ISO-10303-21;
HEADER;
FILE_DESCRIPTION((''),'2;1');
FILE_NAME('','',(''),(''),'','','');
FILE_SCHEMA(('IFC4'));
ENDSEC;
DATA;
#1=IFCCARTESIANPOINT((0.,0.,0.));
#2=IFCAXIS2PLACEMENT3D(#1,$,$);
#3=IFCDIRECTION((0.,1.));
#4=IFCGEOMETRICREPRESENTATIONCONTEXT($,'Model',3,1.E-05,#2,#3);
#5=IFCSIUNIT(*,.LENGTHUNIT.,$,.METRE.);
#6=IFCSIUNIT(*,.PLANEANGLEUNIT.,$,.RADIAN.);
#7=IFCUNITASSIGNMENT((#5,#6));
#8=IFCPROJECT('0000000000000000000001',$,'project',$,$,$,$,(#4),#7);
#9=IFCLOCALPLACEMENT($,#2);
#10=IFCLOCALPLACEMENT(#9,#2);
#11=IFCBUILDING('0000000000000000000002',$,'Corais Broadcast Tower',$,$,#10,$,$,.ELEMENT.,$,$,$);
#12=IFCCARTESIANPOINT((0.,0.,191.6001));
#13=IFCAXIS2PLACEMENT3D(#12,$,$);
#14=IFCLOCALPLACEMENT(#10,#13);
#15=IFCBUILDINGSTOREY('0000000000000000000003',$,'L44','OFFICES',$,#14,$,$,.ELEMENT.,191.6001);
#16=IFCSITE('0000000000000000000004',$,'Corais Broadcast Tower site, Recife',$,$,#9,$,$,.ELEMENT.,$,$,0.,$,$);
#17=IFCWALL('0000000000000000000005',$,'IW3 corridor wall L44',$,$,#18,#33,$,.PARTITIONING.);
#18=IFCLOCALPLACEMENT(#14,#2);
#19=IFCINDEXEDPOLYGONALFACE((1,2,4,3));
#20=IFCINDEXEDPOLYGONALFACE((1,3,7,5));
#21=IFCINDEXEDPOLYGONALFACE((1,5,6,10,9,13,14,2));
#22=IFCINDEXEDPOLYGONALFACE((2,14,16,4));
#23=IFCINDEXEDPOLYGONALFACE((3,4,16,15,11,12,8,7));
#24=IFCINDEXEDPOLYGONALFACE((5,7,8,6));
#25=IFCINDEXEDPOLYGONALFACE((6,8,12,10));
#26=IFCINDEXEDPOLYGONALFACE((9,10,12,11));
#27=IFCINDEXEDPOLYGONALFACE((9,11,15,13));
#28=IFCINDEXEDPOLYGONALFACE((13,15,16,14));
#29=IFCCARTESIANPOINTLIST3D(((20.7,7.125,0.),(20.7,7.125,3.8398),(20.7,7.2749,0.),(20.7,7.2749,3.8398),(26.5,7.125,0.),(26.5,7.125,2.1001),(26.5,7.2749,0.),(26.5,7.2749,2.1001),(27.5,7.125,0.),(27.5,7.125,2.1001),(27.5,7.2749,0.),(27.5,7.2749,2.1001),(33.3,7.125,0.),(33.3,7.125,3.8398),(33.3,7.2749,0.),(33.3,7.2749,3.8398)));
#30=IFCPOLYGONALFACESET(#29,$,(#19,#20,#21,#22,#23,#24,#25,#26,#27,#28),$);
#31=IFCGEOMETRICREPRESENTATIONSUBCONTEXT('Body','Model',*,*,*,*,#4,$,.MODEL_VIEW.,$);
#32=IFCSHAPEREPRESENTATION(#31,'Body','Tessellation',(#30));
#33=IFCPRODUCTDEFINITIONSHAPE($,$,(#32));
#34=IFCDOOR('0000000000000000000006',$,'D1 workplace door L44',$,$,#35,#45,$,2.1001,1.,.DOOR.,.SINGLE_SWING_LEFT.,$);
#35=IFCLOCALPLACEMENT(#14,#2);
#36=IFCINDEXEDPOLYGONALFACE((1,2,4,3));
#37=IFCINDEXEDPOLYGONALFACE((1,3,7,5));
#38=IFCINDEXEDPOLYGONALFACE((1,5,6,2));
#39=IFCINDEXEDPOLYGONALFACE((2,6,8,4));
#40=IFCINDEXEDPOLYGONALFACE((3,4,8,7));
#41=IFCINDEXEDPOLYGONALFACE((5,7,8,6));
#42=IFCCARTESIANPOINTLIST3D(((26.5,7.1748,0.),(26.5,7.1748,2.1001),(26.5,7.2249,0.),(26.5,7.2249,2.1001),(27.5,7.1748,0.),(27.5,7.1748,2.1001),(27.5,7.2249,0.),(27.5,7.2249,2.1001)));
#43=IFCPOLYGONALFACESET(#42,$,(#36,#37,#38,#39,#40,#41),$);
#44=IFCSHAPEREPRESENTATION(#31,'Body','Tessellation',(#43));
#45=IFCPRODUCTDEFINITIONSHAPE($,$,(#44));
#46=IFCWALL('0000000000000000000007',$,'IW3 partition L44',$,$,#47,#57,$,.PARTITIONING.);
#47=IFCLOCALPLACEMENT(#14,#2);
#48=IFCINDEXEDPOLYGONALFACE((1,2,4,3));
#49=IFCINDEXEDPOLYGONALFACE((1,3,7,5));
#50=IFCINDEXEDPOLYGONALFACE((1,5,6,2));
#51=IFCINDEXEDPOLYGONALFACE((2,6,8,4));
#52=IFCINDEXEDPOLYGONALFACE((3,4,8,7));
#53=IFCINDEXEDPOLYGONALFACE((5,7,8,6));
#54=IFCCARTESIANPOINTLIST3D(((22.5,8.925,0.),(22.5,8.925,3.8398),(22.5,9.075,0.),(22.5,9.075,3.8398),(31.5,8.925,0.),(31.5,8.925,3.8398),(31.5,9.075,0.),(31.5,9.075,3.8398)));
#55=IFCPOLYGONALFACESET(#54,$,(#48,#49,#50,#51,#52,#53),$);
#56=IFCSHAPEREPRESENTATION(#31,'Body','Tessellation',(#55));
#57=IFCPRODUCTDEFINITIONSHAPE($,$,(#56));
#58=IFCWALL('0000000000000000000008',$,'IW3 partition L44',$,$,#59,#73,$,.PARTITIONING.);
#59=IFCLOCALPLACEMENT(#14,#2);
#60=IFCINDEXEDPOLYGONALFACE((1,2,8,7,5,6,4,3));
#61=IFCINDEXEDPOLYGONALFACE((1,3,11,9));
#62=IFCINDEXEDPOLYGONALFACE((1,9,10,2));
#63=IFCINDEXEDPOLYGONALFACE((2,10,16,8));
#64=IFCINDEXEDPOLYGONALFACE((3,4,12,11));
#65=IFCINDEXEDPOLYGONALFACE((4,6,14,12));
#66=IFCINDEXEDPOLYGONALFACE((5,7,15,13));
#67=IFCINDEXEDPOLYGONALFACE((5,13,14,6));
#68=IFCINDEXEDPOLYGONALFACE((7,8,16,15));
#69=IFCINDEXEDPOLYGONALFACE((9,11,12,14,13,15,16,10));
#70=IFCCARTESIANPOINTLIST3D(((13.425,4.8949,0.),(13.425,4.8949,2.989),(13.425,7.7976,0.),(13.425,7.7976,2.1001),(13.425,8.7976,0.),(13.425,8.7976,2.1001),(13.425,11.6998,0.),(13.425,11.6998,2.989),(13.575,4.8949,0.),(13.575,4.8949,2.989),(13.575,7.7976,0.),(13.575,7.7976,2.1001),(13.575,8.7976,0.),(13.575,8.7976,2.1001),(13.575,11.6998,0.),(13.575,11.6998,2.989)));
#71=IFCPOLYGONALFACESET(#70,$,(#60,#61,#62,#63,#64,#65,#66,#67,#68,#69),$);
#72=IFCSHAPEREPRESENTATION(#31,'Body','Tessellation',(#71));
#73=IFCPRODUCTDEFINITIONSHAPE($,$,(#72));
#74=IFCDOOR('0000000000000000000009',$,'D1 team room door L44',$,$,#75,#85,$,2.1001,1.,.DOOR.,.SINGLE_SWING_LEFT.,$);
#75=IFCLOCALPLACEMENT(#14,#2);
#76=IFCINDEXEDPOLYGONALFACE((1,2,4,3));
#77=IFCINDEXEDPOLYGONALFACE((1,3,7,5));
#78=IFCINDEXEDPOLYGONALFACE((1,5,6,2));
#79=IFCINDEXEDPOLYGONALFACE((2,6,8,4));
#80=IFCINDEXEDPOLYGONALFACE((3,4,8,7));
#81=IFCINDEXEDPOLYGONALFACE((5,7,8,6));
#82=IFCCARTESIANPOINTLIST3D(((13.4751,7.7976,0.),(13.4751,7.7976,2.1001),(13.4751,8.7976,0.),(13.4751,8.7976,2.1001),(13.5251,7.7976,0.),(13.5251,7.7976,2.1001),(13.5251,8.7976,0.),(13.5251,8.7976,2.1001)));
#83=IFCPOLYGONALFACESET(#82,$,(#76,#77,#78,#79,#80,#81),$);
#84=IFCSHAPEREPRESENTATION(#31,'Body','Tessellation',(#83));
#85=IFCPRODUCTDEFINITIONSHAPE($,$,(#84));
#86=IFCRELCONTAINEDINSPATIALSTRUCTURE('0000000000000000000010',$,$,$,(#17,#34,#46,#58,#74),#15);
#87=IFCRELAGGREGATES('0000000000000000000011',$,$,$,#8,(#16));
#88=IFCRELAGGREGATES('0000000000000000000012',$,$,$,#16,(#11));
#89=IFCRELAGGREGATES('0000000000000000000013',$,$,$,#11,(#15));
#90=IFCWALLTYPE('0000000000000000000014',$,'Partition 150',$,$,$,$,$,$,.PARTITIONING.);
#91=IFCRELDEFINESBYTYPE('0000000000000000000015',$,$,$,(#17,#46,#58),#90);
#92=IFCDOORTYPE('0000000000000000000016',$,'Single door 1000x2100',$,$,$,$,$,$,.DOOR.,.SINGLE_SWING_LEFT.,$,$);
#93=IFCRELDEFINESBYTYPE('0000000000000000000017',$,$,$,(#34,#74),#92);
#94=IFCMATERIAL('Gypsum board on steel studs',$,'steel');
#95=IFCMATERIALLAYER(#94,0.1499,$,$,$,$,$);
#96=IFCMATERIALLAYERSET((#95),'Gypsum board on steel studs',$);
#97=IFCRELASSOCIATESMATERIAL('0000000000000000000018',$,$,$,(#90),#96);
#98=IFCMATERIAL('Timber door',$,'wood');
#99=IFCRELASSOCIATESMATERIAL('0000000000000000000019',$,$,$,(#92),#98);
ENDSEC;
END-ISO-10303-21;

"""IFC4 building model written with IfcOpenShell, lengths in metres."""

from ifc_helpers import new_model, si_unit, direction, frame, frame_2d, origin, place, context, subcontext, project, spatial, rectangle, extrude, material, layer, layer_set, type_object, element, fill, save


model = new_model("IFC4")

# Units and contexts
model_context = context("Model", 3, precision=1e-05, world=origin(), true_north=direction((0.0, 1.0)))
body_context = subcontext(model_context, "Body", "Model", "MODEL_VIEW")
ifc_project = project(units=[si_unit("LENGTHUNIT", "METRE"), si_unit("PLANEANGLEUNIT", "RADIAN")], contexts=[model_context])

# Site, building, storey
site_placement = place(None, origin())
site = spatial("IfcSite", under=ifc_project, at=site_placement, Name="Corais Broadcast Tower site, Recife", CompositionType="ELEMENT", RefElevation=0.0)
building_placement = place(site_placement, origin())
building = spatial("IfcBuilding", under=site, at=building_placement, Name="Corais Broadcast Tower", CompositionType="ELEMENT")
storey_placement = place(building_placement, frame((0.0, 0.0, 191.6001)))
storey = spatial("IfcBuildingStorey", under=building, at=storey_placement, Name="L44", Description="OFFICES", CompositionType="ELEMENT", Elevation=191.6001)

# Wall, opening, door
ifc_material_1 = material(Name="Gypsum board on steel studs", Category="steel")
ifc_layer_1 = layer(ifc_material_1, 0.1499)
ifc_layer_set_1 = layer_set([ifc_layer_1], Name="Gypsum board on steel studs")
wall_type = type_object("IfcWallType", Name="Partition 150", PredefinedType="PARTITIONING", material=ifc_layer_set_1)
wall_1_placement = place(storey_placement, frame((20.7, 7.2, 0.0), z_axis=(0.0, 0.0, 1.0), x_axis=(1.0, 0.0, 0.0)))
wall_1 = element("IfcWall", 1, at=wall_1_placement, inside=storey, type_object=wall_type, Name="IW3 corridor wall L44", PredefinedType="PARTITIONING", context=body_context, shape_type="SweptSolid", body=[
    extrude(rectangle(XDim=12.6001, YDim=0.1499, at=frame_2d((6.3, 0.0))), origin(), (0.0, 0.0, 1.0), 3.8398),
])
opening_1_placement = place(wall_1_placement, frame((5.8, 0.0, 0.0)))
opening_1 = element("IfcOpeningElement", 2, at=opening_1_placement, cuts=wall_1, PredefinedType="OPENING", context=body_context, shape_type="SweptSolid", body=[
    extrude(rectangle(XDim=1.0, YDim=2.1001, at=frame_2d((0.5, 1.05))), frame((0.0, 0.085, 0.0), z_axis=(0.0, -1.0, 0.0), x_axis=(1.0, 0.0, 0.0)), (0.0, 0.0, 1.0), 0.1699),
])
ifc_material_2 = material(Name="Timber door", Category="wood")
door_type = type_object("IfcDoorType", Name="Single door 1000x2100", OperationType="SINGLE_SWING_LEFT", PredefinedType="DOOR", material=ifc_material_2)
door_1_placement = place(opening_1_placement, origin())
door_1 = element("IfcDoor", 3, at=door_1_placement, inside=storey, type_object=door_type, Name="D1 workplace door L44", OperationType="SINGLE_SWING_LEFT", OverallHeight=2.1001, OverallWidth=1.0, PredefinedType="DOOR", context=body_context, shape_type="SweptSolid", body=[
    extrude(rectangle(XDim=1.0, YDim=2.1001, at=frame_2d((0.5, 1.05))), frame((0.0, 0.0249, 0.0), z_axis=(0.0, -1.0, 0.0), x_axis=(1.0, 0.0, 0.0)), (0.0, 0.0, 1.0), 0.05),
])
fill(opening_1, door_1)

# Wall
wall_2_placement = place(storey_placement, frame((22.5, 9.0, 0.0), z_axis=(0.0, 0.0, 1.0), x_axis=(1.0, 0.0, 0.0)))
element("IfcWall", 4, at=wall_2_placement, inside=storey, type_object=wall_type, Name="IW3 partition L44", PredefinedType="PARTITIONING", context=body_context, shape_type="SweptSolid", body=[
    extrude(rectangle(XDim=9.0, YDim=0.1499, at=frame_2d((4.5, 0.0))), origin(), (0.0, 0.0, 1.0), 3.8398),
])

# Wall, opening, door
wall_3_placement = place(storey_placement, frame((13.5, 4.895, 0.0), z_axis=(0.0, 0.0, 1.0), x_axis=(0.0, 1.0, 0.0)))
wall_3 = element("IfcWall", 5, at=wall_3_placement, inside=storey, type_object=wall_type, Name="IW3 partition L44", PredefinedType="PARTITIONING", context=body_context, shape_type="SweptSolid", body=[
    extrude(rectangle(XDim=6.8049, YDim=0.1499, at=frame_2d((3.4023, 0.0))), origin(), (0.0, 0.0, 1.0), 2.989),
])
opening_2_placement = place(wall_3_placement, frame((2.9026, 0.0, 0.0)))
opening_2 = element("IfcOpeningElement", 6, at=opening_2_placement, cuts=wall_3, PredefinedType="OPENING", context=body_context, shape_type="SweptSolid", body=[
    extrude(rectangle(XDim=1.0, YDim=2.1001, at=frame_2d((0.5, 1.05))), frame((0.0, 0.085, 0.0), z_axis=(0.0, -1.0, 0.0), x_axis=(1.0, 0.0, 0.0)), (0.0, 0.0, 1.0), 0.1699),
])
door_2_placement = place(opening_2_placement, origin())
door_2 = element("IfcDoor", 7, at=door_2_placement, inside=storey, type_object=door_type, Name="D1 team room door L44", OperationType="SINGLE_SWING_LEFT", OverallHeight=2.1001, OverallWidth=1.0, PredefinedType="DOOR", context=body_context, shape_type="SweptSolid", body=[
    extrude(rectangle(XDim=1.0, YDim=2.1001, at=frame_2d((0.5, 1.05))), frame((0.0, 0.0249, 0.0), z_axis=(0.0, -1.0, 0.0), x_axis=(1.0, 0.0, 0.0)), (0.0, 0.0, 1.0), 0.05),
])
fill(opening_2, door_2)

save(model, "model.ifc")
